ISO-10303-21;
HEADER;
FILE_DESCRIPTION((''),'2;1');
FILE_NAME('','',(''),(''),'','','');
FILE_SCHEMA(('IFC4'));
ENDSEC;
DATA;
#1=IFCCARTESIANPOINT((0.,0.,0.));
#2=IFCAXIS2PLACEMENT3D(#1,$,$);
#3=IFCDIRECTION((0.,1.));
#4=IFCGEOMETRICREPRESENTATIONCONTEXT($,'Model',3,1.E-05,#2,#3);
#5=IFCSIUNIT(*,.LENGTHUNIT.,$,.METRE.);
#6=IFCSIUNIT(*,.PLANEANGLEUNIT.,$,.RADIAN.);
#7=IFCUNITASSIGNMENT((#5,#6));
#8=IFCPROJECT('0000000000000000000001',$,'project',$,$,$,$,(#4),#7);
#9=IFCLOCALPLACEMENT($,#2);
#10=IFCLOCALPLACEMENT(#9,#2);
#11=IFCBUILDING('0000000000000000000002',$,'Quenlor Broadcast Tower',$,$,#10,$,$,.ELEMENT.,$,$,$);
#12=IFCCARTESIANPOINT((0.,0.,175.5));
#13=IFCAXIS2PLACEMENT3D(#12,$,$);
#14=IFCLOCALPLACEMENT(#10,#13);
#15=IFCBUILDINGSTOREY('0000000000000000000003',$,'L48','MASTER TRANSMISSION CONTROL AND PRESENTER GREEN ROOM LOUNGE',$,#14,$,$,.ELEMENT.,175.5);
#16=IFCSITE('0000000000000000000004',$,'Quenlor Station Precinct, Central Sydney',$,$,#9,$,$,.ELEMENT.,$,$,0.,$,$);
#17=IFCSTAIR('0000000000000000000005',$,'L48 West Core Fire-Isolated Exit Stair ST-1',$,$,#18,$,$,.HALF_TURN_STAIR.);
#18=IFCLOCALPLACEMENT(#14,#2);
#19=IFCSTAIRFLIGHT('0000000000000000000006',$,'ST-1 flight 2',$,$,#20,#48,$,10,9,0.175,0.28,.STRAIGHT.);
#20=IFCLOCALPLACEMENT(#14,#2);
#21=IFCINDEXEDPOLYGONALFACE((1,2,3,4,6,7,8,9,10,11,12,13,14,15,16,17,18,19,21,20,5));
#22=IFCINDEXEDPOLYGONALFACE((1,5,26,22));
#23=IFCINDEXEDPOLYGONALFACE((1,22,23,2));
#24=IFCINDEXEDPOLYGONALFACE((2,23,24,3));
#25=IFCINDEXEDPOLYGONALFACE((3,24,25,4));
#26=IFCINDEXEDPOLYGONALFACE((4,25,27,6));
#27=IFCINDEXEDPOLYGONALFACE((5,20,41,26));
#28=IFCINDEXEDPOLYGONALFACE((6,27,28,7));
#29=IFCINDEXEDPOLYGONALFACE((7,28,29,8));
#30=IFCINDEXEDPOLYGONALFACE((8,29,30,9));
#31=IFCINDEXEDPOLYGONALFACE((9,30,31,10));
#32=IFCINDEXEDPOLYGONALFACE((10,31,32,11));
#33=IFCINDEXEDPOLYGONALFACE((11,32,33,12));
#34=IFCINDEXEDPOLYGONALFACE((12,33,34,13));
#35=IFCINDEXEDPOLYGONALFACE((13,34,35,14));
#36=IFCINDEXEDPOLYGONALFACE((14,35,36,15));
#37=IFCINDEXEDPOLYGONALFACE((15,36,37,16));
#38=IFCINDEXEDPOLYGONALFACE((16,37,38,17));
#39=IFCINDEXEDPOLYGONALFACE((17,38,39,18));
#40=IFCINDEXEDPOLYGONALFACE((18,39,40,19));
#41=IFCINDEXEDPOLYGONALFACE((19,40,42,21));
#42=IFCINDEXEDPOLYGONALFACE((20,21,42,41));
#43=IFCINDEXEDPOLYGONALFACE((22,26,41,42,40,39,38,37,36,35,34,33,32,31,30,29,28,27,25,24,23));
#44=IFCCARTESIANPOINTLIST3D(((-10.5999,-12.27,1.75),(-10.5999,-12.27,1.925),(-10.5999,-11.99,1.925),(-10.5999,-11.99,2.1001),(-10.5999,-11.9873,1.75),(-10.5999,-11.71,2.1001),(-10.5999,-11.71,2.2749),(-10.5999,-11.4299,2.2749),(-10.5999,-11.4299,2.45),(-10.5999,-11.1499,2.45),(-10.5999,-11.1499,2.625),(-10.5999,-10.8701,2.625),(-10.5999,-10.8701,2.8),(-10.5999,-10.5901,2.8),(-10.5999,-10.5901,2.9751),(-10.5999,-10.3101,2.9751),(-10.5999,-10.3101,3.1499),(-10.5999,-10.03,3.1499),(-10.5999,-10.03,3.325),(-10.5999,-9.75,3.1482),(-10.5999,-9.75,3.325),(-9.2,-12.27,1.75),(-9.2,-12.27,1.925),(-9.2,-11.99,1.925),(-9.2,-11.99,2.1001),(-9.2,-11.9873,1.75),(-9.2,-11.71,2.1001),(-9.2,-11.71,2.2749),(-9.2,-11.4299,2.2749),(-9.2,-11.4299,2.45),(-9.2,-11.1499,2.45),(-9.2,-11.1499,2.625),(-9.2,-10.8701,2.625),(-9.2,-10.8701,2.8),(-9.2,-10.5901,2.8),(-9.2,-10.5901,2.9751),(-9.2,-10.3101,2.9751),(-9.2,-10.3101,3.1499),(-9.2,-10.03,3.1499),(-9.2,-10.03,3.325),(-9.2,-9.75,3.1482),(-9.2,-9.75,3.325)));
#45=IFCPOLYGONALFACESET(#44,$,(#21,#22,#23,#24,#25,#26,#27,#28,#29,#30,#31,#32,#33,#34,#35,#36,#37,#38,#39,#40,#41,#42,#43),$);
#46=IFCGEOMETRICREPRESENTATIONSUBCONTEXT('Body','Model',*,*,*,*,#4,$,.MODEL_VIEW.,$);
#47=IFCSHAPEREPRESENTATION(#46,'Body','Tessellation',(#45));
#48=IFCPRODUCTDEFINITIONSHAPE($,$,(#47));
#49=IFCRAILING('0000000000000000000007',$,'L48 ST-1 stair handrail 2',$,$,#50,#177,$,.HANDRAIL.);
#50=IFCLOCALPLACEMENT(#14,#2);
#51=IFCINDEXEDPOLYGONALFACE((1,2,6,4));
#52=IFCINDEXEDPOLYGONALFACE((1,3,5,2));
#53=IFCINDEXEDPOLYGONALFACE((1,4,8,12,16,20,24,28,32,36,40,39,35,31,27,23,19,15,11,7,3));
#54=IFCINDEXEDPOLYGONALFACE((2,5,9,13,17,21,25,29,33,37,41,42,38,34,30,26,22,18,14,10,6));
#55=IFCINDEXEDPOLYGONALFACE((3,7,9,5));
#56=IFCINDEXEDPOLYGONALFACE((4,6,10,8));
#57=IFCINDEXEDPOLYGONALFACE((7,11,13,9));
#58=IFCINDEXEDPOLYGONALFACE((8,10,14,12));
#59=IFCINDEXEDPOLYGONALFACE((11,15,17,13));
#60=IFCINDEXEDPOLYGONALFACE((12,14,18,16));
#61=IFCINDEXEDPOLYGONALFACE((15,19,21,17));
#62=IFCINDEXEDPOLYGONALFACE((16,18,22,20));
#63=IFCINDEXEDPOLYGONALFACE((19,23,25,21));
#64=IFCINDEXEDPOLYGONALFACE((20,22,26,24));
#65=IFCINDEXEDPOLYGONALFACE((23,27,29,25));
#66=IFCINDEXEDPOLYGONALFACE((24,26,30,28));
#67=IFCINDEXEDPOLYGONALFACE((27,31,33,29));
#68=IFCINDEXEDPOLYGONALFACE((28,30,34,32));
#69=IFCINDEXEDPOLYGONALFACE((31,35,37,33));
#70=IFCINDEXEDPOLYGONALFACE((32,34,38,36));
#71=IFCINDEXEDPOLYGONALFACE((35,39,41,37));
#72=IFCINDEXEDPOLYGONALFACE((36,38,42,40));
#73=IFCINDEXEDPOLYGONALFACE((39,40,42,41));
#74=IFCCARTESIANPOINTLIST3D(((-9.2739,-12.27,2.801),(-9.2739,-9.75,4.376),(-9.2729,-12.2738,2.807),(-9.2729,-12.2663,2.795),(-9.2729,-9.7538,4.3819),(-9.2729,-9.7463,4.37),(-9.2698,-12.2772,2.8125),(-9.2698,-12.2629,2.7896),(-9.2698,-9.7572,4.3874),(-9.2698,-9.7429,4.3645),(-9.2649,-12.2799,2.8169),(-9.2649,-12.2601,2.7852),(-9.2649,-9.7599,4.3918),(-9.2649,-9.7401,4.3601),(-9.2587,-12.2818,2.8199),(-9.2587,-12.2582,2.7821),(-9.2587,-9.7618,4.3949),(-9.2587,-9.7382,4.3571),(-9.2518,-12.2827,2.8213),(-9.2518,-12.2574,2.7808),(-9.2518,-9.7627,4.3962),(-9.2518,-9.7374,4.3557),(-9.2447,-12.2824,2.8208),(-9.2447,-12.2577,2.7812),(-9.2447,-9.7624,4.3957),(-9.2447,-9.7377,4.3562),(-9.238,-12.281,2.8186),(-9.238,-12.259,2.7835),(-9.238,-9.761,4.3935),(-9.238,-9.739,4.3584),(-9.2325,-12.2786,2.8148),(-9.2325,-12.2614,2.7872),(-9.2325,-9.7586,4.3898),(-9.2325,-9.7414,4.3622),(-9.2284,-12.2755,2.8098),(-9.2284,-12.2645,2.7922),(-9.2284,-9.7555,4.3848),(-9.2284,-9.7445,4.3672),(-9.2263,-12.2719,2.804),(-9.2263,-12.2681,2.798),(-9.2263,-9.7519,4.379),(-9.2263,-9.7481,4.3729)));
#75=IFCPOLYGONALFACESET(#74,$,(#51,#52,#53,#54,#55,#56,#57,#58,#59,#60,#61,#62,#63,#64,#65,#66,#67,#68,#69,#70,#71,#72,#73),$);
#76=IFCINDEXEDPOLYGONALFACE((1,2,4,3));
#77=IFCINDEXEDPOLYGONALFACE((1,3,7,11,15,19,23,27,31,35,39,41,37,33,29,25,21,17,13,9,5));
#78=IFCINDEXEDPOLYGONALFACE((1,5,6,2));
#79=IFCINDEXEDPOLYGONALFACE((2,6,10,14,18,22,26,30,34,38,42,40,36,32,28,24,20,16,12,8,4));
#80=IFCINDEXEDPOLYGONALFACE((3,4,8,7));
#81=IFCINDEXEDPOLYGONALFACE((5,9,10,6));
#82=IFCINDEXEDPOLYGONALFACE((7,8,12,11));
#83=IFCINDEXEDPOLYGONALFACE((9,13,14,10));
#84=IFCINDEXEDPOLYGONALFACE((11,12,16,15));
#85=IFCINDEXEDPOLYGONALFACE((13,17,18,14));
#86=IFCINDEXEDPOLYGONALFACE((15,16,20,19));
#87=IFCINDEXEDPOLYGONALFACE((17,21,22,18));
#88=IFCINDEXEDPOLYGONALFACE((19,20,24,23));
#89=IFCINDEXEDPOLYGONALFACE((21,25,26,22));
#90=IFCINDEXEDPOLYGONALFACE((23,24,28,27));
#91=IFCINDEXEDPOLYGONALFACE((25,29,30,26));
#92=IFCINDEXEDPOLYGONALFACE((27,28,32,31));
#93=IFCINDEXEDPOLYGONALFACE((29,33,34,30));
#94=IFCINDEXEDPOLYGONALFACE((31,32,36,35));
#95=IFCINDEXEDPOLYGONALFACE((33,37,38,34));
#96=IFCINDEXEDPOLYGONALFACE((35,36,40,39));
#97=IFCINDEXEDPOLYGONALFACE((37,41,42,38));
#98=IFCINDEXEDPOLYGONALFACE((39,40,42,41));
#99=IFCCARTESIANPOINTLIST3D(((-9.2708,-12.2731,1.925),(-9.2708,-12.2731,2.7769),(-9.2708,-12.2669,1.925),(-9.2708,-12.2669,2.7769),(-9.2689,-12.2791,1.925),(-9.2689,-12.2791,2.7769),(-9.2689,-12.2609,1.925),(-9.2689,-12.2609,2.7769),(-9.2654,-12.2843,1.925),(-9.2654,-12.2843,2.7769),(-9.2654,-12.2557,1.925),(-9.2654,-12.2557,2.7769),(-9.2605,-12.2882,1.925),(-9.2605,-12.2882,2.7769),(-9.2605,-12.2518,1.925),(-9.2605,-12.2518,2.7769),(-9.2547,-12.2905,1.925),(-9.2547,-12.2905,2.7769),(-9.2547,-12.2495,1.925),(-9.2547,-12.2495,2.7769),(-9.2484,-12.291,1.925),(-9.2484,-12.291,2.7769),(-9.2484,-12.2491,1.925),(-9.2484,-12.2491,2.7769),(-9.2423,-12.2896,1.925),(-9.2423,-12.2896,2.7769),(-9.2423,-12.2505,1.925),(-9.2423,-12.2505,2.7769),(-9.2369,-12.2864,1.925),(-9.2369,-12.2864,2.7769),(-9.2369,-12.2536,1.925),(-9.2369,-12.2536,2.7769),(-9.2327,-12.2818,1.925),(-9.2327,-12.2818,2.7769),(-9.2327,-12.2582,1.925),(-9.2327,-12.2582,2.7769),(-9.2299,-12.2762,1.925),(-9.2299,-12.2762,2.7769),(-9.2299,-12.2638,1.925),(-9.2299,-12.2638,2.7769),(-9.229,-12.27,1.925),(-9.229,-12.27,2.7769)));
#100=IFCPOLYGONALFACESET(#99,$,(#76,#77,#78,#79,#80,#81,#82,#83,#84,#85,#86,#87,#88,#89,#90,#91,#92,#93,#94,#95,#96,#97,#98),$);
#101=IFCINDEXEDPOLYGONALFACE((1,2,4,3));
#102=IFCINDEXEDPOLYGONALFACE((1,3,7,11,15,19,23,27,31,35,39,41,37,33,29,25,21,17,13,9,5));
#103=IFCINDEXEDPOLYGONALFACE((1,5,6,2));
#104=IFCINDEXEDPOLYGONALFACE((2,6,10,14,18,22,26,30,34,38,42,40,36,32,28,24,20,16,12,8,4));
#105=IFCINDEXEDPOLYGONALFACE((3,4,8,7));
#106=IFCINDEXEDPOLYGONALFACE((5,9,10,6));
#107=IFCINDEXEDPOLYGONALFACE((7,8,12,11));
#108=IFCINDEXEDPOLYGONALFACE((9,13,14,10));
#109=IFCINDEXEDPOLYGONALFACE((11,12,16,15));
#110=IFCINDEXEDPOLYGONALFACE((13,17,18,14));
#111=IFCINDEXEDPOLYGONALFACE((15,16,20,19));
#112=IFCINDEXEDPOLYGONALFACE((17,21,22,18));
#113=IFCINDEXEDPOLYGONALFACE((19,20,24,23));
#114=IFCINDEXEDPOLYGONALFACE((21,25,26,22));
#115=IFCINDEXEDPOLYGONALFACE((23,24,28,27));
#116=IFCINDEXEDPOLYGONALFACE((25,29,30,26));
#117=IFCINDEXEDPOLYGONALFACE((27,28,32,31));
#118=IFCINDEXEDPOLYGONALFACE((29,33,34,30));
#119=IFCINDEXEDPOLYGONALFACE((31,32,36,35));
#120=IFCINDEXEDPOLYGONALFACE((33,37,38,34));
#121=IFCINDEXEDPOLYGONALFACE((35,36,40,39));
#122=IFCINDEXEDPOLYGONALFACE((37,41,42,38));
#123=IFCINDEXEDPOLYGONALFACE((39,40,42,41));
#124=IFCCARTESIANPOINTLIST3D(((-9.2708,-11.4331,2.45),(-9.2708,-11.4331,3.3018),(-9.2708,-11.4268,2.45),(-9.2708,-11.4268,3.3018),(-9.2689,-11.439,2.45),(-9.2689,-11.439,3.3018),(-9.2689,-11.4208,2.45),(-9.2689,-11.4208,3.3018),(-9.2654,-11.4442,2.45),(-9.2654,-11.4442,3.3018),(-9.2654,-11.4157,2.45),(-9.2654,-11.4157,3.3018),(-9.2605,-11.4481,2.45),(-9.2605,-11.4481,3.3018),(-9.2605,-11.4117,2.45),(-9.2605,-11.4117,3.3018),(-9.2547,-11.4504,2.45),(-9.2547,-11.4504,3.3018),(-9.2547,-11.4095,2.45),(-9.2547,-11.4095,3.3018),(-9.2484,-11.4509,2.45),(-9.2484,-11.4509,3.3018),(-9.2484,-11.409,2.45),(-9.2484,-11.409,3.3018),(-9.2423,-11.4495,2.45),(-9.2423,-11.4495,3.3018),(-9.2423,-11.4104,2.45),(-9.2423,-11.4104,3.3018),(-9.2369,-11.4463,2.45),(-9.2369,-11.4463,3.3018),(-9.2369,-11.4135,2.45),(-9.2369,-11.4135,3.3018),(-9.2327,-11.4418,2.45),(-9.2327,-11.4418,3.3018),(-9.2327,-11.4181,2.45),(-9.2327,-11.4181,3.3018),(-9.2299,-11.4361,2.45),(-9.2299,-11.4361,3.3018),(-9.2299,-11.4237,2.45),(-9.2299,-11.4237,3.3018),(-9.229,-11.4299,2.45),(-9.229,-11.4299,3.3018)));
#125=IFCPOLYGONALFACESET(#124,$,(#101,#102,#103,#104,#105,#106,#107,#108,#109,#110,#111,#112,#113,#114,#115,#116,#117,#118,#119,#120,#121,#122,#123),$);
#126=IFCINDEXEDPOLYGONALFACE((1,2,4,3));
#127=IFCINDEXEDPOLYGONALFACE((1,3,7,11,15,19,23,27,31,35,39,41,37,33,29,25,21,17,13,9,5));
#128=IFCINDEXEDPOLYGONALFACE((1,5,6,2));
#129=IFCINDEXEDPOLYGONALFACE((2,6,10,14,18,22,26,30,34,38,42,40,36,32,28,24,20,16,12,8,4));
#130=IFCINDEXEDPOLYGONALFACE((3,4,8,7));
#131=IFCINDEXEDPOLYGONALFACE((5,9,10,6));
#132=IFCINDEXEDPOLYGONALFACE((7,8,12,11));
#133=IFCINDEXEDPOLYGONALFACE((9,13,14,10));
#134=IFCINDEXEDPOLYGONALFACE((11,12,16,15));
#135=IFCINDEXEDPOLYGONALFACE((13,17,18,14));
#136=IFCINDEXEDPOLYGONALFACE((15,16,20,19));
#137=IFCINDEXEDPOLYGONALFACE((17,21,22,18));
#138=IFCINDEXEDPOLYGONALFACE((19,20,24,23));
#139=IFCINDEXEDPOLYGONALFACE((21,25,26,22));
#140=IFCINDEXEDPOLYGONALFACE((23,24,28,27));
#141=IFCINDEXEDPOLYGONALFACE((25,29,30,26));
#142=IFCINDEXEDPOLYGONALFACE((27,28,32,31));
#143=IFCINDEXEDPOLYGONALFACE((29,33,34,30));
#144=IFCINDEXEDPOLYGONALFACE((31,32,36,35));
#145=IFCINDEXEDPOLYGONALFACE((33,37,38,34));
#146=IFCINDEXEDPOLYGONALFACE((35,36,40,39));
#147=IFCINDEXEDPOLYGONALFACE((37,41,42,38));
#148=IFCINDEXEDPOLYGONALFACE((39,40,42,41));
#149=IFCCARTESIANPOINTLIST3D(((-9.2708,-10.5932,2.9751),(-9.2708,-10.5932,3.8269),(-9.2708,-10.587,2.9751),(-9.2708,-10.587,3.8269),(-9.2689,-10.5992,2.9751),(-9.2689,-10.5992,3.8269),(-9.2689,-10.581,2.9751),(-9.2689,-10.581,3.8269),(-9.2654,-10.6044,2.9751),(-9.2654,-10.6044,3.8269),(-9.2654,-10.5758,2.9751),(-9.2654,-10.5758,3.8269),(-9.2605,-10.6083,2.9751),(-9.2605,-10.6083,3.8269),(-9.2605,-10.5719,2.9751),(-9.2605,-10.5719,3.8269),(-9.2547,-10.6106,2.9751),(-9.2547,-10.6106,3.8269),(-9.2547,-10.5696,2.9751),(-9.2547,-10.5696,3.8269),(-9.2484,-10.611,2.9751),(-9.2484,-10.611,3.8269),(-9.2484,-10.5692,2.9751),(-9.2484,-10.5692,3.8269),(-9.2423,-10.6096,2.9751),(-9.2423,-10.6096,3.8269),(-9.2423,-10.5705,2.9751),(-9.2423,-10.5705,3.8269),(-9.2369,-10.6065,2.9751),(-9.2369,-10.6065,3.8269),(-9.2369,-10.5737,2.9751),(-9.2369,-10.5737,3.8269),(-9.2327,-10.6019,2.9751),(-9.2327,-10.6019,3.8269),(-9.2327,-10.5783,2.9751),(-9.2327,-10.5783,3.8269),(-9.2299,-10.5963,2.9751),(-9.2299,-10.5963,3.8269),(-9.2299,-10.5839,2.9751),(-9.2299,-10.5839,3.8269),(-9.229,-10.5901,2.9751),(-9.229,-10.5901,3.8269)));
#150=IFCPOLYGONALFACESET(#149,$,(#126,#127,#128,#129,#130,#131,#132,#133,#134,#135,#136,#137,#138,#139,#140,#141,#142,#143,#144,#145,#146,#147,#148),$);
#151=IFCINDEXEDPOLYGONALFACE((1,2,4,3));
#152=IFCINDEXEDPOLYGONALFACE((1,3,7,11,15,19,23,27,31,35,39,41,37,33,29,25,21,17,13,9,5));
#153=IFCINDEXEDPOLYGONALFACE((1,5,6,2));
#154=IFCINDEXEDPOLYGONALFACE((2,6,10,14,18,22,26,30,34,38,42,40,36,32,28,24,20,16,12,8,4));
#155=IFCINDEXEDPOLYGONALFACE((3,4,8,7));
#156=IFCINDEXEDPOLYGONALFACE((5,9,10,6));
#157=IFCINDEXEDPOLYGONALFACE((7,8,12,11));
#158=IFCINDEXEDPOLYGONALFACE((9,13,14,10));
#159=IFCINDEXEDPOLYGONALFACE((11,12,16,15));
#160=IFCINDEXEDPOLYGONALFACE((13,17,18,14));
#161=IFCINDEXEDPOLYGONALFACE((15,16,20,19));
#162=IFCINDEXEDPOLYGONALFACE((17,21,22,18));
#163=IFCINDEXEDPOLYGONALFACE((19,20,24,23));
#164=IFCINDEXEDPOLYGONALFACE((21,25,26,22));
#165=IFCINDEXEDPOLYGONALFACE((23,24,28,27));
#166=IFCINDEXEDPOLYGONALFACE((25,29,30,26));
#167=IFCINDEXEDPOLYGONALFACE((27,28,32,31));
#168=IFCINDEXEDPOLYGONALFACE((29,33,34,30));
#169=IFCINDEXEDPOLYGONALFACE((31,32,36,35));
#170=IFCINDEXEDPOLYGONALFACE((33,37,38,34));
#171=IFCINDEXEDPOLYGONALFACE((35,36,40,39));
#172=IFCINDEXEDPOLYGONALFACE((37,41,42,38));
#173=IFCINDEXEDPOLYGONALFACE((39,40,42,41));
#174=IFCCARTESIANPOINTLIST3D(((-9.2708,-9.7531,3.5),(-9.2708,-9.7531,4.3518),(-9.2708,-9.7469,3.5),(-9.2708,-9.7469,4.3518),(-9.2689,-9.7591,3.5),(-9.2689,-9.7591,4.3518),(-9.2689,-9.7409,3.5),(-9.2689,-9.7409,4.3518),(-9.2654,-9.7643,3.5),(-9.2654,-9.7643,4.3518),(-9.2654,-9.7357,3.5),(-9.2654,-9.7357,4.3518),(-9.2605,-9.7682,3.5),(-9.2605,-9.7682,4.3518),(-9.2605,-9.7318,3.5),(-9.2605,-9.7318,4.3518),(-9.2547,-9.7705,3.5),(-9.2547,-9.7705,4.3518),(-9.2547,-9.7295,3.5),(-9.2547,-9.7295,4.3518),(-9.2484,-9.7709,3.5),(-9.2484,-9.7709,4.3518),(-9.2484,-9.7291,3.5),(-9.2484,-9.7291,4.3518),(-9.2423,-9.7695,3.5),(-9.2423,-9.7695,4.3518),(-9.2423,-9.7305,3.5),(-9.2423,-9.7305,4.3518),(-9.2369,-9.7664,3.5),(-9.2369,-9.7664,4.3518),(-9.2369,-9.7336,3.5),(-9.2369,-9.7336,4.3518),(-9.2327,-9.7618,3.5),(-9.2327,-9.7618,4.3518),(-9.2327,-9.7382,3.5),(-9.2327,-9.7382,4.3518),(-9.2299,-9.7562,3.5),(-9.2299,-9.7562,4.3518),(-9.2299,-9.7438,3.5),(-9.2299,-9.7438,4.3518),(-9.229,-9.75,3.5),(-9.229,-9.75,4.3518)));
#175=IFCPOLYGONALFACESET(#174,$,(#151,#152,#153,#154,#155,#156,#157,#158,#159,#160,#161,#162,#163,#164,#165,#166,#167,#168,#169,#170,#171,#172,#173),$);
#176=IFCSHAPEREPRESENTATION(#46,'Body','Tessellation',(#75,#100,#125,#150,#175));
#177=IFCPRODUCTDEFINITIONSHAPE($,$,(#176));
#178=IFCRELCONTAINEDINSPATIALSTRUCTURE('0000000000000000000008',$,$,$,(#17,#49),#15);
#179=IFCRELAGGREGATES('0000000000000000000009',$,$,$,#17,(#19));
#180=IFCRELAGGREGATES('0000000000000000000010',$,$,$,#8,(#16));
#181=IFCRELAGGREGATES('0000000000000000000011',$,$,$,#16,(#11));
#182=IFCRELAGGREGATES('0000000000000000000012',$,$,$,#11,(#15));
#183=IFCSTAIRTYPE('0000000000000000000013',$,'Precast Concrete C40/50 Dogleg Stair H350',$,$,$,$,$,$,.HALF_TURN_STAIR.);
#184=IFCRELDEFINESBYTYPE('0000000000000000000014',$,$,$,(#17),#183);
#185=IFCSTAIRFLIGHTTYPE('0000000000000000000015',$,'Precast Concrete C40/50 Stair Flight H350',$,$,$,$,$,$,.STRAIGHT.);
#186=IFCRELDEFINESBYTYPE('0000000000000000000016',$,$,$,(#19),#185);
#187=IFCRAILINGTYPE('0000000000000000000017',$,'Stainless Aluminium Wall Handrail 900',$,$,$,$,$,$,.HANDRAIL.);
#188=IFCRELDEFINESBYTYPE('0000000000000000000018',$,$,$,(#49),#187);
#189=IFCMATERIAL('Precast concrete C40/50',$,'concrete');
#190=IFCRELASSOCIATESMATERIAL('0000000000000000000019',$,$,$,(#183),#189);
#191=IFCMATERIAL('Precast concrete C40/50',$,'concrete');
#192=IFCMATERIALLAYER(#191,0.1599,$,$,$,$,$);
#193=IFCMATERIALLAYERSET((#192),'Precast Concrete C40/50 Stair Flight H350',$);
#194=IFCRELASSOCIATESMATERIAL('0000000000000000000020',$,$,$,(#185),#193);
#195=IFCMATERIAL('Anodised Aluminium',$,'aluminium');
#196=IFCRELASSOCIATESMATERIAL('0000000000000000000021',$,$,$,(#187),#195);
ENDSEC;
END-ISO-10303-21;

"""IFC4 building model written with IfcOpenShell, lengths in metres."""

from ifc_helpers import new_model, si_unit, direction, frame, origin, origin_2d, place, context, subcontext, project, spatial, polyline, circle, outline, extrude, material, layer, layer_set, type_object, element, aggregate, save


model = new_model("IFC4")

# Units and contexts
model_context = context("Model", 3, precision=1e-05, world=origin(), true_north=direction((0.0, 1.0)))
body_context = subcontext(model_context, "Body", "Model", "MODEL_VIEW")
ifc_project = project(units=[si_unit("LENGTHUNIT", "METRE"), si_unit("PLANEANGLEUNIT", "RADIAN")], contexts=[model_context])

# Site, building, storey
site_placement = place(None, origin())
site = spatial("IfcSite", under=ifc_project, at=site_placement, Name="Quenlor Station Precinct, Central Sydney", CompositionType="ELEMENT", RefElevation=0.0)
building_placement = place(site_placement, origin())
building = spatial("IfcBuilding", under=site, at=building_placement, Name="Quenlor Broadcast Tower", CompositionType="ELEMENT")
storey_placement = place(building_placement, frame((0.0, 0.0, 175.5)))
storey = spatial("IfcBuildingStorey", under=building, at=storey_placement, Name="L48", Description="MASTER TRANSMISSION CONTROL AND PRESENTER GREEN ROOM LOUNGE", CompositionType="ELEMENT", Elevation=175.5)

# Stair, stair flight
ifc_material_1 = material(Name="Precast concrete C40/50", Category="concrete")
stair_type = type_object("IfcStairType", Name="Precast Concrete C40/50 Dogleg Stair H350", PredefinedType="HALF_TURN_STAIR", material=ifc_material_1)
stair_placement = place(storey_placement, origin())
stair = element("IfcStair", 1, at=stair_placement, inside=storey, type_object=stair_type, Name="L48 West Core Fire-Isolated Exit Stair ST-1", PredefinedType="HALF_TURN_STAIR")
ifc_material_2 = material(Name="Precast concrete C40/50", Category="concrete")
ifc_layer_1 = layer(ifc_material_2, 0.1599)
ifc_layer_set_1 = layer_set([ifc_layer_1], Name="Precast Concrete C40/50 Stair Flight H350")
stair_flight_type = type_object("IfcStairFlightType", Name="Precast Concrete C40/50 Stair Flight H350", PredefinedType="STRAIGHT", material=ifc_layer_set_1)
stair_flight_placement = place(storey_placement, frame((-9.8999, -12.27, 1.75), z_axis=(0.0, 0.0, 1.0), x_axis=(0.0, 1.0, 0.0)))
stair_flight = element("IfcStairFlight", 2, at=stair_flight_placement, type_object=stair_flight_type, Name="ST-1 flight 2", NumberOfRisers=10, NumberOfTreads=9, PredefinedType="STRAIGHT", RiserHeight=0.175, TreadLength=0.28, context=body_context, shape_type="SweptSolid", body=[
    extrude(outline(polyline([(0.0, 0.0), (0.0, 0.175), (0.28, 0.175), (0.28, 0.3501), (0.5601, 0.3501), (0.5601, 0.5249), (0.8401, 0.5249), (0.8401, 0.7), (1.1201, 0.7), (1.1201, 0.875), (1.3999, 0.875), (1.3999, 1.05), (1.6799, 1.05), (1.6799, 1.2251), (1.96, 1.2251), (1.96, 1.3999), (2.24, 1.3999), (2.24, 1.575), (2.52, 1.575), (2.52, 1.75), (2.52, 1.3982), (0.2827, 0.0), (0.0, 0.0)])), frame((0.0, 0.7, 0.0), z_axis=(0.0, -1.0, 0.0), x_axis=(1.0, 0.0, 0.0)), (0.0, 0.0, 1.0), 1.3999),
])
aggregate(stair, [stair_flight])

# Railing
ifc_material_3 = material(Name="Anodised Aluminium", Category="aluminium")
railing_type_1 = type_object("IfcRailingType", Name="Stainless Aluminium Wall Handrail 900", PredefinedType="HANDRAIL", material=ifc_material_3)
railing_1_placement = place(storey_placement, frame((-9.25, -12.27, 1.925)))
element("IfcRailing", 3, at=railing_1_placement, inside=storey, type_object=railing_type_1, Name="L48 ST-1 stair handrail 2", PredefinedType="HANDRAIL", context=body_context, shape_type="SweptSolid", body=[
    extrude(circle(Radius=0.0239, at=origin_2d()), frame((0.0, 0.0, 0.876), z_axis=(0.0, 0.848008, 0.529984), x_axis=(-1.0, 0.0, 0.0)), (0.0, 0.0, 1.0), 2.9717),
    extrude(circle(Radius=0.021, at=origin_2d()), origin(), (0.0, 0.0, 1.0), 0.8518),
    extrude(circle(Radius=0.021, at=origin_2d()), frame((0.0, 0.8401, 0.5249)), (0.0, 0.0, 1.0), 0.8518),
    extrude(circle(Radius=0.021, at=origin_2d()), frame((0.0, 1.6799, 1.05)), (0.0, 0.0, 1.0), 0.8518),
    extrude(circle(Radius=0.021, at=origin_2d()), frame((0.0, 2.52, 1.575)), (0.0, 0.0, 1.0), 0.8518),
])

save(model, "model.ifc")
